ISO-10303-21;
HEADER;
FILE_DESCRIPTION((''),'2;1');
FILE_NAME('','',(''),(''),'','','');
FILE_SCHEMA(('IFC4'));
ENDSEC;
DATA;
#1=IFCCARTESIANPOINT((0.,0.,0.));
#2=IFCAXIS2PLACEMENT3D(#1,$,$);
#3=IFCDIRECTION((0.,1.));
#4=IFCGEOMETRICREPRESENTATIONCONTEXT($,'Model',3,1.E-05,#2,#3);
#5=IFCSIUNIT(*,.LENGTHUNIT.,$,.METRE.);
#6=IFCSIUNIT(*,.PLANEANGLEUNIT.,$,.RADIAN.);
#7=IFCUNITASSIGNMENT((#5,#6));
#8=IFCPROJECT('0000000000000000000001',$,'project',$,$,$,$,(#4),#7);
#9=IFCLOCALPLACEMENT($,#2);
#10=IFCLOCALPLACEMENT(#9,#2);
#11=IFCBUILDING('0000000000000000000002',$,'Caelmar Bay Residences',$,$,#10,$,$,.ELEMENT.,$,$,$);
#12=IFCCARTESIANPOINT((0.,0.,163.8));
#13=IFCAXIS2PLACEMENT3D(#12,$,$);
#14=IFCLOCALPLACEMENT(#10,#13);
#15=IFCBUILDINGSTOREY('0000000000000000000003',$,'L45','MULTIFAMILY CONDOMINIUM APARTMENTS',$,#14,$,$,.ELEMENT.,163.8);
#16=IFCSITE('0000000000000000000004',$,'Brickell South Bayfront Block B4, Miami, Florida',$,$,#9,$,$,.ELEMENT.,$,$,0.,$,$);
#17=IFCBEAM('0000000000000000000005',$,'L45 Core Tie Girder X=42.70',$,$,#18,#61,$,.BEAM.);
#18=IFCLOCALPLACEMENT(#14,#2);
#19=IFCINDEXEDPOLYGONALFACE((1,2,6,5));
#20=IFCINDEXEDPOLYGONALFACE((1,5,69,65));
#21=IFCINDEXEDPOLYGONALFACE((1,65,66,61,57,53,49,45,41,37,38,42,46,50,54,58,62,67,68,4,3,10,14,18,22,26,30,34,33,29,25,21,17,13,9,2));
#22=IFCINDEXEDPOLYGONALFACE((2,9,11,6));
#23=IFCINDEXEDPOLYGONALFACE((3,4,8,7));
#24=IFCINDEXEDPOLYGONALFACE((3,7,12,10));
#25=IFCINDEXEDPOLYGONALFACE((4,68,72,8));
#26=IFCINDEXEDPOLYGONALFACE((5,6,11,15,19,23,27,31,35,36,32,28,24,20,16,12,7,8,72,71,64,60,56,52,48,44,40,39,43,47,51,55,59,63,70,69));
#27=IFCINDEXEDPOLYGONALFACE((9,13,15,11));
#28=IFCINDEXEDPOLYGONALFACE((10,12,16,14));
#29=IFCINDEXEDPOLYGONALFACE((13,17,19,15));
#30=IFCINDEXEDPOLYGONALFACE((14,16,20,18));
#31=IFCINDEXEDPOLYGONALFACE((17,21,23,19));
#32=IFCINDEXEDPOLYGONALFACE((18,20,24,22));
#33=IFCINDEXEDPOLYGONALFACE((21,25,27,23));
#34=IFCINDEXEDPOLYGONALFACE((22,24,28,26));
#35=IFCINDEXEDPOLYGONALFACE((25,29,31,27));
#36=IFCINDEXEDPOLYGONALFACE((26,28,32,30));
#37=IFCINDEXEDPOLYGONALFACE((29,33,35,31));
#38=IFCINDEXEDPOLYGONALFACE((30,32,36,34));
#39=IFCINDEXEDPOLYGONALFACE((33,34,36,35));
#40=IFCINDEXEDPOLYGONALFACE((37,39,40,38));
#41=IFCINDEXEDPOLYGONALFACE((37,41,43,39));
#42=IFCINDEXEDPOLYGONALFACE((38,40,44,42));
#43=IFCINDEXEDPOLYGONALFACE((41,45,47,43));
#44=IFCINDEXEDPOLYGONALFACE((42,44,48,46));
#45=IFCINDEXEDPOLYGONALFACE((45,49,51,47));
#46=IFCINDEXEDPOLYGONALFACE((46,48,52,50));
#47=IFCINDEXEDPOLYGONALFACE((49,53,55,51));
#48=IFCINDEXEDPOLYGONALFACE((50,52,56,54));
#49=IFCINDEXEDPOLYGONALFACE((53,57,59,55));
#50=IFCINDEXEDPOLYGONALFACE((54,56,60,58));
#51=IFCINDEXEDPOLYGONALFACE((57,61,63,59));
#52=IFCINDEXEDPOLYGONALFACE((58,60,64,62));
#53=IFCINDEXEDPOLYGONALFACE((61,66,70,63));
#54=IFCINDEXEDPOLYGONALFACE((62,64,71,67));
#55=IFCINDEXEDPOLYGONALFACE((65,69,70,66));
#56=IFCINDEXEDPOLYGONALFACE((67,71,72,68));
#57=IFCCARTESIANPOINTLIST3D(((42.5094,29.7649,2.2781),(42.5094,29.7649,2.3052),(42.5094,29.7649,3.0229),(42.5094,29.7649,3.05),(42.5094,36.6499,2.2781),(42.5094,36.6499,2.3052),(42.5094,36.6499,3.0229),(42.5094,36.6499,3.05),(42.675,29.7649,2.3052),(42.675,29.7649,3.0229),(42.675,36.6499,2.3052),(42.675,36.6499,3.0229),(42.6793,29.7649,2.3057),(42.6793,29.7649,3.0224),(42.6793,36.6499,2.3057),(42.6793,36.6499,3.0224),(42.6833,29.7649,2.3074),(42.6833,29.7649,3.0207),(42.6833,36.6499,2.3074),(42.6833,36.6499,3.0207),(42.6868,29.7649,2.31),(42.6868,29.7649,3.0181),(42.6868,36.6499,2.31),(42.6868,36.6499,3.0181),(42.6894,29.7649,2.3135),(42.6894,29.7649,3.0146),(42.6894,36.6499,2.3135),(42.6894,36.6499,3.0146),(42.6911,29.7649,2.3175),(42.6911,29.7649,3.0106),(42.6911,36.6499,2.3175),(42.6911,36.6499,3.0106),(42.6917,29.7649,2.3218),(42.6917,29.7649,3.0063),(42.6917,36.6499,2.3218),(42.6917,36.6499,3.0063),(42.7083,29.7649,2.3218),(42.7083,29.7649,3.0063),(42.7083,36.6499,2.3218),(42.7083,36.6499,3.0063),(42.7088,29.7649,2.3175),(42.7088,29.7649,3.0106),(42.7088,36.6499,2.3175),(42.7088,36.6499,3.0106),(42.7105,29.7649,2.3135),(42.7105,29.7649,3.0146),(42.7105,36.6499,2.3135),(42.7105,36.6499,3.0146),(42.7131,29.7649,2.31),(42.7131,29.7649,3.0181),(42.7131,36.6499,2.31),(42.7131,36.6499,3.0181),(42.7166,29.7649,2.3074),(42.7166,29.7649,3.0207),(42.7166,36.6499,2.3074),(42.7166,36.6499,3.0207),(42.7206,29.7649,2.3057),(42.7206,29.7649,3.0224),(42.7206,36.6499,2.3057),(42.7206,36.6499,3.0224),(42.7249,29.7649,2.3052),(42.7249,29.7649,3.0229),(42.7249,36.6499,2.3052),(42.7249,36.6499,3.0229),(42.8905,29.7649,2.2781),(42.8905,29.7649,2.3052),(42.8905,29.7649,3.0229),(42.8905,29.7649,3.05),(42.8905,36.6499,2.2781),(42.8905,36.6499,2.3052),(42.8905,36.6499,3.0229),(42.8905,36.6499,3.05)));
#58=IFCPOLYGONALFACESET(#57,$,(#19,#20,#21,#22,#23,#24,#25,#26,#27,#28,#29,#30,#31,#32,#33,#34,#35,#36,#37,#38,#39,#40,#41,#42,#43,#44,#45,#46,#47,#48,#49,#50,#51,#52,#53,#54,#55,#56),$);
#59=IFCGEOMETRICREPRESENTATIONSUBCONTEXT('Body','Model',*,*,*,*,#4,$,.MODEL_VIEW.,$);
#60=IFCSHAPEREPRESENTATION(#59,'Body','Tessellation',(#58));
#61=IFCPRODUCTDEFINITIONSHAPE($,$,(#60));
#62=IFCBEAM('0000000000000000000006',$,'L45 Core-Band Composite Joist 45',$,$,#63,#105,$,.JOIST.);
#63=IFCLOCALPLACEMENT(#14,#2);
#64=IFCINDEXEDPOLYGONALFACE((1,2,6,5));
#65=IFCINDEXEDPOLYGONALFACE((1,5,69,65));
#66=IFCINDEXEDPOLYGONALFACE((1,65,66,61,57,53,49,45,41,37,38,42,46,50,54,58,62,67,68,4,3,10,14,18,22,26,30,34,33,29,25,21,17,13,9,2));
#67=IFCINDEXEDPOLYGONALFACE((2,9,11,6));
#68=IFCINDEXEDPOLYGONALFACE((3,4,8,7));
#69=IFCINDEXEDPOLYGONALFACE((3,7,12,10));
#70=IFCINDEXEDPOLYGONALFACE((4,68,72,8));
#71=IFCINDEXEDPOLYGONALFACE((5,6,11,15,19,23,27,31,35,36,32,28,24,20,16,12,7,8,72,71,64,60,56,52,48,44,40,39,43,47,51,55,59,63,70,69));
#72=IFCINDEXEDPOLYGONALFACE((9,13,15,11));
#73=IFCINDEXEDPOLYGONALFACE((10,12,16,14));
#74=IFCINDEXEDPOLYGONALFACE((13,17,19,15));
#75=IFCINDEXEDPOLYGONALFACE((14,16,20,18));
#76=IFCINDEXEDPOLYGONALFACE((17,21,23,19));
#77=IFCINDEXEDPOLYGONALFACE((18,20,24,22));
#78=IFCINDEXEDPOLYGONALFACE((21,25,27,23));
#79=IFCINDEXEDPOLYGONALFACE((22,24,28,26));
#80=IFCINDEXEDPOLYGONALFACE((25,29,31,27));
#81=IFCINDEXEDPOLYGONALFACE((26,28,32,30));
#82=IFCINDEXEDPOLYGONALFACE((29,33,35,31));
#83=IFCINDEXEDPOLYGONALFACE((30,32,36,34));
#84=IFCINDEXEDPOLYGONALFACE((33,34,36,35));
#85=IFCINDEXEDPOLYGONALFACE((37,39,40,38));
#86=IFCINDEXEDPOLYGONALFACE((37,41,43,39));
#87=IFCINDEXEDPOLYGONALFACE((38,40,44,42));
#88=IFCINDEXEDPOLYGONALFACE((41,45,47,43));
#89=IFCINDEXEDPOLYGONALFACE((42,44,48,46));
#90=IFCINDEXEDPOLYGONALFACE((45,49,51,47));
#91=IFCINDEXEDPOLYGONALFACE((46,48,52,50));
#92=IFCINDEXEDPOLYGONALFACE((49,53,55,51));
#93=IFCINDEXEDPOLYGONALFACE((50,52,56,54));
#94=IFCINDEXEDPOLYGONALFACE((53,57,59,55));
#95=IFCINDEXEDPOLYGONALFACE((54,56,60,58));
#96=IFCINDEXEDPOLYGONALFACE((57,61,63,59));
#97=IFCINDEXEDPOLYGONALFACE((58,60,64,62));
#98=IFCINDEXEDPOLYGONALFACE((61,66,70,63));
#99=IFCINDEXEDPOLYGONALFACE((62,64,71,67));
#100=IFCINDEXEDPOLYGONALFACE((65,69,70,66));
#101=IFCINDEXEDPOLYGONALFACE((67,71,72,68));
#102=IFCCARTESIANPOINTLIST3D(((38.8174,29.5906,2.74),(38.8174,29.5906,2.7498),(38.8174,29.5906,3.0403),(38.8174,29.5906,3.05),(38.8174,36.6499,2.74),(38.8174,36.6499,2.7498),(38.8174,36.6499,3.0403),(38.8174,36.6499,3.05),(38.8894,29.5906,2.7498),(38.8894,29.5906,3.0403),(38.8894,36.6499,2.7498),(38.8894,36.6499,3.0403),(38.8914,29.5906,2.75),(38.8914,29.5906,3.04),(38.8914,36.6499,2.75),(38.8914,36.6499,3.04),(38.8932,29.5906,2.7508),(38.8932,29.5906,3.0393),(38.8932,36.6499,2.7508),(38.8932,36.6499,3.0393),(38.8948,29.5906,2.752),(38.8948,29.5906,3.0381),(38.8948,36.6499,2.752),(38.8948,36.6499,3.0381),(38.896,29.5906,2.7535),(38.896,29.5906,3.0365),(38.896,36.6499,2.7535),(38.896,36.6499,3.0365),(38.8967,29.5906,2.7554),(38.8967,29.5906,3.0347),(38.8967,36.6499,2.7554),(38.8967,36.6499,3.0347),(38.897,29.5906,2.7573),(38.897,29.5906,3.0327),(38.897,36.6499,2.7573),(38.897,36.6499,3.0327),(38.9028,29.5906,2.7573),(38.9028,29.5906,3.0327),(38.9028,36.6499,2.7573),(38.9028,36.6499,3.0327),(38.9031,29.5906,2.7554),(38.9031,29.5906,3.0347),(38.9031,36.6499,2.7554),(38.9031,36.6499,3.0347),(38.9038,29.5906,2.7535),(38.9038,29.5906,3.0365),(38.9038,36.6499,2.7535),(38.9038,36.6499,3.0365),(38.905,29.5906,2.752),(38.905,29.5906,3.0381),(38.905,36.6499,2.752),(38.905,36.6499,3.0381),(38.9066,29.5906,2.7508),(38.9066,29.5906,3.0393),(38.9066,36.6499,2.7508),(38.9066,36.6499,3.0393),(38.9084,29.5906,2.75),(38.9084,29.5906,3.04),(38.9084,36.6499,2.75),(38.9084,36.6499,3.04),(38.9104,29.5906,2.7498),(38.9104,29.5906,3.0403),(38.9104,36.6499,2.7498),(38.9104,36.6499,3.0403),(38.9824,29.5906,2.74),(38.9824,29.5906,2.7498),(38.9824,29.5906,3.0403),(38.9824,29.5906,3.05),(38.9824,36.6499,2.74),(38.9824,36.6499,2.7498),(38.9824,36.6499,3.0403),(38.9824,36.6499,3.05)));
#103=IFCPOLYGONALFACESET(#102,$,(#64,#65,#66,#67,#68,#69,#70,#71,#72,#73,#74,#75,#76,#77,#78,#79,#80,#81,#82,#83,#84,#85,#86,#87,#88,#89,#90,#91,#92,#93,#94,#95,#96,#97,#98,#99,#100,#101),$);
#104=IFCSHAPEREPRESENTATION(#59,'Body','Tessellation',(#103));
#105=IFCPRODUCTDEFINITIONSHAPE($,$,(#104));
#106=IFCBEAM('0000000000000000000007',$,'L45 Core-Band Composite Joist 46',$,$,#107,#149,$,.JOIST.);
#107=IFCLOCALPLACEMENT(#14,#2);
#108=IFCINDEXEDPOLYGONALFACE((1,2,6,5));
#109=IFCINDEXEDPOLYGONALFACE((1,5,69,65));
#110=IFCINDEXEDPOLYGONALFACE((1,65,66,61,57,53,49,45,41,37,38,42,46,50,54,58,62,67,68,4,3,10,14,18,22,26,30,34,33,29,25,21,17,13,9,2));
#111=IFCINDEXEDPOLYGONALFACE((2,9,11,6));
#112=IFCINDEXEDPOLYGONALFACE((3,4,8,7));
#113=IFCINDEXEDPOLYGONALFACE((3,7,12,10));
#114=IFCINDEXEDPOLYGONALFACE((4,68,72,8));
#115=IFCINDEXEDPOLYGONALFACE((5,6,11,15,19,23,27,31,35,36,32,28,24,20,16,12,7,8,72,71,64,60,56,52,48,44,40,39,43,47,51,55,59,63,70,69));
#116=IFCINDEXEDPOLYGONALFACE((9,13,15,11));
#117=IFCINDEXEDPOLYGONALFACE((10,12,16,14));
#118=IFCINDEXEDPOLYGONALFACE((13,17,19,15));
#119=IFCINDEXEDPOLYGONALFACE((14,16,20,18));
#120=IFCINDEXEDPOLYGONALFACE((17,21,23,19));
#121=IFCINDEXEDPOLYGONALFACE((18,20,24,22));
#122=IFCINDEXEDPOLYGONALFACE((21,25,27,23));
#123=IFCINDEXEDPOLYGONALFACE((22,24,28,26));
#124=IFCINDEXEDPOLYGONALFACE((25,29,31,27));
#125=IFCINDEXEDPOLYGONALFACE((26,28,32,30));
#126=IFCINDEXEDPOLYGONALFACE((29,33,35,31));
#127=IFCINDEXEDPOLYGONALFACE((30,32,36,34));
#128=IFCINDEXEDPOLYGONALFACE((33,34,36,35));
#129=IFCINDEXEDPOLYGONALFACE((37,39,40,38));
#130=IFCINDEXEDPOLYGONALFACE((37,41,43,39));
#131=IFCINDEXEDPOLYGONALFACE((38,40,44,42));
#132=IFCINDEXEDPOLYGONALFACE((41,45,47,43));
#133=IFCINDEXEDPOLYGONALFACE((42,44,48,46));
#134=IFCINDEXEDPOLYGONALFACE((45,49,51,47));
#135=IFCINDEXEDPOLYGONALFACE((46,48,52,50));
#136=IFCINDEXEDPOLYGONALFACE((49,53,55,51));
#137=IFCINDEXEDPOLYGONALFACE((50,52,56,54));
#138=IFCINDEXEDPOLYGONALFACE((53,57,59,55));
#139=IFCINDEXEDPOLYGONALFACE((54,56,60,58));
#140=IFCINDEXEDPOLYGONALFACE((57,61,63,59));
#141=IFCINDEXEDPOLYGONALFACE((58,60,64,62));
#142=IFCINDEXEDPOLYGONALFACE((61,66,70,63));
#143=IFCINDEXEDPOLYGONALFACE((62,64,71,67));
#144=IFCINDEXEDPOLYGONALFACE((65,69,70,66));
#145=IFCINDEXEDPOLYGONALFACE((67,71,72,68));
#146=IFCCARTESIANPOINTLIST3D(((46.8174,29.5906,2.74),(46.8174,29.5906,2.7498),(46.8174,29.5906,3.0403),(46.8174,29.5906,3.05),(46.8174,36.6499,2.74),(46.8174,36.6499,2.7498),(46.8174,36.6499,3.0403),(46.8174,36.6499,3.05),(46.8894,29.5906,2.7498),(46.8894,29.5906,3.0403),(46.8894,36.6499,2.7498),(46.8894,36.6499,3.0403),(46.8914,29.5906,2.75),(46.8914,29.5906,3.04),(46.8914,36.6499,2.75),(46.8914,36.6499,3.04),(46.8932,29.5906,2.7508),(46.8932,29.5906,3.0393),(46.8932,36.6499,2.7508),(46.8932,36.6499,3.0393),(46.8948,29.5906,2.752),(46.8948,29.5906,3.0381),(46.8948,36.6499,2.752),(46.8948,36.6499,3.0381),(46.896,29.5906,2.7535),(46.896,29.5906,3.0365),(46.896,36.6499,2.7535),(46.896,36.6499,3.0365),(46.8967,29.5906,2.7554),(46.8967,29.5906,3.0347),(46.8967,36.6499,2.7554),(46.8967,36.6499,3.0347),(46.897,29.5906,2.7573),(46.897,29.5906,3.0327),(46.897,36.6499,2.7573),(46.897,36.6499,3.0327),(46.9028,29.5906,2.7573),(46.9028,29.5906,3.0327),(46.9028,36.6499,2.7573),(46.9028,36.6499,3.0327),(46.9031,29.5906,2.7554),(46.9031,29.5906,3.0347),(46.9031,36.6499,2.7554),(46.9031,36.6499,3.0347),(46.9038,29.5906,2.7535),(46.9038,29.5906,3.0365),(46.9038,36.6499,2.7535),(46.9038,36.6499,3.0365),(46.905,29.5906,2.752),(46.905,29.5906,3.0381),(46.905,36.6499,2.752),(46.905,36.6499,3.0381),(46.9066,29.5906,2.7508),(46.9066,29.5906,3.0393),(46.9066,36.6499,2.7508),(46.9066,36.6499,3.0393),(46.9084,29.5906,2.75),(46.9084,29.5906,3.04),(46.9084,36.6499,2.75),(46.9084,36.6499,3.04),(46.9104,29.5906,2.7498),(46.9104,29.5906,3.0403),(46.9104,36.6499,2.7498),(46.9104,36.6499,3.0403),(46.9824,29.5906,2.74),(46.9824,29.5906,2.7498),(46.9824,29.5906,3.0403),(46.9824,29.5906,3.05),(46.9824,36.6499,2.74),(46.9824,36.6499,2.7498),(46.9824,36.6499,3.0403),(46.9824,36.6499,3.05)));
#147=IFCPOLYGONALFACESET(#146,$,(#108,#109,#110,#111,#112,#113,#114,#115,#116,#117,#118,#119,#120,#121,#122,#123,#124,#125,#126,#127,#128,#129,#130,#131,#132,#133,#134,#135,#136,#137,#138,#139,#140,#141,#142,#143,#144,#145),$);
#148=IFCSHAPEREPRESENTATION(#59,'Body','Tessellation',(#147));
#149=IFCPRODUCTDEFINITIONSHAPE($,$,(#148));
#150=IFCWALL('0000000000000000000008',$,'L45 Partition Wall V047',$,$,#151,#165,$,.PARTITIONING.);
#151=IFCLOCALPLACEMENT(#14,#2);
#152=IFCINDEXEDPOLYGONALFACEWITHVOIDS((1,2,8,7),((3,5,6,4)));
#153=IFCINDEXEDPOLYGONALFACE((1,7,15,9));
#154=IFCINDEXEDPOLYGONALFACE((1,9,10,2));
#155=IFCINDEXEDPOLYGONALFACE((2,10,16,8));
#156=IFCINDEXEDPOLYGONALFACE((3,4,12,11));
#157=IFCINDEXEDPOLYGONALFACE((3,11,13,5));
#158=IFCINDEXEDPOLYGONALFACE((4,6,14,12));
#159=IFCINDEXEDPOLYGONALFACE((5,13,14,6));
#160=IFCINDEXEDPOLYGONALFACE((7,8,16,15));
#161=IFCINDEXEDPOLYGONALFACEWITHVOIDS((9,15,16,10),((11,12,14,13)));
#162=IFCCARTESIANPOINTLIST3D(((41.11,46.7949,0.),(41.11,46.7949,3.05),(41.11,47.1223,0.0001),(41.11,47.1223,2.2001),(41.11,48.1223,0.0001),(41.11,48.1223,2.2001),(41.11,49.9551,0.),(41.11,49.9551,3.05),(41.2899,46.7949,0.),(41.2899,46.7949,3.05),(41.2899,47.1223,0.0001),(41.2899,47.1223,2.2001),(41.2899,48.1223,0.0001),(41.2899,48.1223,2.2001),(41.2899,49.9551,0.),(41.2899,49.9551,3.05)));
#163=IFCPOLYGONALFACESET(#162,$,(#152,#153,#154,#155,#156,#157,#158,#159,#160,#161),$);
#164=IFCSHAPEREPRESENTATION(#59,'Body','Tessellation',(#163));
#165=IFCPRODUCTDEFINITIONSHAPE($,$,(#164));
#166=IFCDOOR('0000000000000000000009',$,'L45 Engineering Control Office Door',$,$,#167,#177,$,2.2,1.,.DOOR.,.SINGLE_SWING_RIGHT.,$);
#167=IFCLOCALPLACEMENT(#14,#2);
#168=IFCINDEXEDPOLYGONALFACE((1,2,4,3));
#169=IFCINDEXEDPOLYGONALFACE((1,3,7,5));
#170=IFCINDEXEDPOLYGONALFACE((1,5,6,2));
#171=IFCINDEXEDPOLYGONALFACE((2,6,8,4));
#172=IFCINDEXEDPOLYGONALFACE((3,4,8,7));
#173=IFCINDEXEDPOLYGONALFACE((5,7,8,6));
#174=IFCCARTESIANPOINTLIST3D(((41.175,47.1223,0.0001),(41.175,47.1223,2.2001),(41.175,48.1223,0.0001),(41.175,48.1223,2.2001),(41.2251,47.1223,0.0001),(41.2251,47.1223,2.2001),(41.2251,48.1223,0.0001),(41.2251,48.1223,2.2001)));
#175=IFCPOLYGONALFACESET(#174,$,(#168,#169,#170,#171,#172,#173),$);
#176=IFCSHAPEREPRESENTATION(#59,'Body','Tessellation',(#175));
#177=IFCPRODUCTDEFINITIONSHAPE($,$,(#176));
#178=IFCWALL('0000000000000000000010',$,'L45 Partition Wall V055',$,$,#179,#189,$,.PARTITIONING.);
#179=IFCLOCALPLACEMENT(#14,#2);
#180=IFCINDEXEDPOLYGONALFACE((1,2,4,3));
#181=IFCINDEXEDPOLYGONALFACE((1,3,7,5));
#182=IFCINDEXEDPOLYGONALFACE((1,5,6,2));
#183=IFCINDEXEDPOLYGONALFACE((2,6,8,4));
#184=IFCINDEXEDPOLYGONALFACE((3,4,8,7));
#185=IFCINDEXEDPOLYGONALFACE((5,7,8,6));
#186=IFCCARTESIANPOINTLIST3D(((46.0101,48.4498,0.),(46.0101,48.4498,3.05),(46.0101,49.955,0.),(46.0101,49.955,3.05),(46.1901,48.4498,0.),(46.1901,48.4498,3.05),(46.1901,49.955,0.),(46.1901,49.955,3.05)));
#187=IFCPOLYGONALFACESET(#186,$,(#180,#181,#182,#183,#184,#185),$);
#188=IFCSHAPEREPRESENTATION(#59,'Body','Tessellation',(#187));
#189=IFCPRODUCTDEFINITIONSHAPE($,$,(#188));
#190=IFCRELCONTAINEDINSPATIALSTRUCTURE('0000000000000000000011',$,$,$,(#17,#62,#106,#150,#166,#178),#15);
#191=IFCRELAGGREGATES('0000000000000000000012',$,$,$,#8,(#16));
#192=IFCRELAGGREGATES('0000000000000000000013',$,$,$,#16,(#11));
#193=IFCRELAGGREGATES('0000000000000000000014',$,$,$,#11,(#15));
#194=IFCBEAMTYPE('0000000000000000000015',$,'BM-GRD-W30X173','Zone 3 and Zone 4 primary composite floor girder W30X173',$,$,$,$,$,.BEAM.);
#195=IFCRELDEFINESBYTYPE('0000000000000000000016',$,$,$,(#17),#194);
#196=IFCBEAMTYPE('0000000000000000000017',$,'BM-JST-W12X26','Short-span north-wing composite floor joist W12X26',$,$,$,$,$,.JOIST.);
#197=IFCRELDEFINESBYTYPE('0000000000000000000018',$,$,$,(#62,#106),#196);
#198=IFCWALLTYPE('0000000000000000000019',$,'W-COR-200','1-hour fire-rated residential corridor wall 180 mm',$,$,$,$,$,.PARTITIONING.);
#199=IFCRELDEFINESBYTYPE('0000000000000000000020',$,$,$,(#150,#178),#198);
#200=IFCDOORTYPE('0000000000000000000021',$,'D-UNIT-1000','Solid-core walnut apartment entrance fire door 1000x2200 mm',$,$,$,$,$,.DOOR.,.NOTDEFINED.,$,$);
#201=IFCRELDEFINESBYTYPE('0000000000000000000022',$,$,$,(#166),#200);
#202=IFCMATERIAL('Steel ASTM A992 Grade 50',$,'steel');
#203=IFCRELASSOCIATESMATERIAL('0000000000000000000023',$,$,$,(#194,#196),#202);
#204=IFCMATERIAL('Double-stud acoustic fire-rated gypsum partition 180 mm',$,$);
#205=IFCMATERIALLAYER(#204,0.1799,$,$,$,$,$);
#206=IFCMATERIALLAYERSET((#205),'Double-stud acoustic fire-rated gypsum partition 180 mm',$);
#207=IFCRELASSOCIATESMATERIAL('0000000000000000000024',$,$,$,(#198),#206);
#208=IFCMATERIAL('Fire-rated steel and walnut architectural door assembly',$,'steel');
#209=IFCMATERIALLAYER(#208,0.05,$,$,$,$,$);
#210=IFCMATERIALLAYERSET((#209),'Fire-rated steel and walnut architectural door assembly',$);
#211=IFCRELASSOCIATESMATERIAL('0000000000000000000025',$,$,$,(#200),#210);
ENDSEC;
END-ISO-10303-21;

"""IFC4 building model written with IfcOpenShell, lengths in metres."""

from ifc_helpers import new_model, si_unit, direction, frame, frame_2d, origin, origin_2d, place, context, subcontext, project, spatial, rectangle, i_section, extrude, material, layer, layer_set, material_profile, profile_set, type_object, element, fill, save


model = new_model("IFC4")

# Units and contexts
model_context = context("Model", 3, precision=1e-05, world=origin(), true_north=direction((0.0, 1.0)))
body_context = subcontext(model_context, "Body", "Model", "MODEL_VIEW")
ifc_project = project(units=[si_unit("LENGTHUNIT", "METRE"), si_unit("PLANEANGLEUNIT", "RADIAN")], contexts=[model_context])

# Site, building, storey
site_placement = place(None, origin())
site = spatial("IfcSite", under=ifc_project, at=site_placement, Name="Brickell South Bayfront Block B4, Miami, Florida", CompositionType="ELEMENT", RefElevation=0.0)
building_placement = place(site_placement, origin())
building = spatial("IfcBuilding", under=site, at=building_placement, Name="Caelmar Bay Residences", CompositionType="ELEMENT")
storey_placement = place(building_placement, frame((0.0, 0.0, 163.8)))
storey = spatial("IfcBuildingStorey", under=building, at=storey_placement, Name="L45", Description="MULTIFAMILY CONDOMINIUM APARTMENTS", CompositionType="ELEMENT", Elevation=163.8)

# Beams
ifc_material_1 = material(Name="Steel ASTM A992 Grade 50", Category="steel")
ifc_material_profile_1 = material_profile(ifc_material_1, i_section(OverallWidth=0.3811, OverallDepth=0.772, WebThickness=0.0166, FlangeThickness=0.0271, FilletRadius=0.0166, at=origin_2d()), Name="W30X173")
ifc_profile_set_1 = profile_set([ifc_material_profile_1], Name="Steel ASTM A992 Grade 50")
beam_type_1 = type_object("IfcBeamType", Name="BM-GRD-W30X173", Description="Zone 3 and Zone 4 primary composite floor girder W30X173", PredefinedType="BEAM", material=ifc_profile_set_1)
beam_placement = place(storey_placement, frame((42.7, 29.7649, 2.6641), z_axis=(0.0, 1.0, 0.0), x_axis=(-1.0, 0.0, 0.0)))
element("IfcBeam", 1, at=beam_placement, inside=storey, type_object=beam_type_1, Name="L45 Core Tie Girder X=42.70", PredefinedType="BEAM", context=body_context, shape_type="SweptSolid", body=[
    extrude(i_section(OverallWidth=0.3811, OverallDepth=0.772, WebThickness=0.0166, FlangeThickness=0.0271, FilletRadius=0.0166, at=origin_2d()), origin(), (0.0, 0.0, 1.0), 6.885),
])
ifc_material_profile_2 = material_profile(ifc_material_1, i_section(OverallWidth=0.165, OverallDepth=0.3101, WebThickness=0.0059, FlangeThickness=0.0098, FilletRadius=0.0076, at=origin_2d()), Name="W12X26")
ifc_profile_set_2 = profile_set([ifc_material_profile_2], Name="Steel ASTM A992 Grade 50")
beam_type_2 = type_object("IfcBeamType", Name="BM-JST-W12X26", Description="Short-span north-wing composite floor joist W12X26", PredefinedType="JOIST", material=ifc_profile_set_2)
for number, where, z_axis, x_axis, name in (
    (2, (38.8999, 29.5906, 2.895), (0.0, 1.0, 0.0), (-1.0, 0.0, 0.0), "L45 Core-Band Composite Joist 45"),
    (3, (46.8999, 29.5906, 2.895), (0.0, 1.0, 0.0), (-1.0, 0.0, 0.0), "L45 Core-Band Composite Joist 46"),
):
    element("IfcBeam", number, at=place(storey_placement, frame(where, z_axis=z_axis, x_axis=x_axis)), inside=storey, type_object=beam_type_2, Name=name, PredefinedType="JOIST", context=body_context, shape_type="SweptSolid", body=[
        extrude(i_section(OverallWidth=0.165, OverallDepth=0.3101, WebThickness=0.0059, FlangeThickness=0.0098, FilletRadius=0.0076, at=origin_2d()), origin(), (0.0, 0.0, 1.0), 7.0593),
    ])

# Wall, opening, door
ifc_material_2 = material(Name="Double-stud acoustic fire-rated gypsum partition 180 mm")
ifc_layer_1 = layer(ifc_material_2, 0.1799)
ifc_layer_set_1 = layer_set([ifc_layer_1], Name="Double-stud acoustic fire-rated gypsum partition 180 mm")
wall_type_1 = type_object("IfcWallType", Name="W-COR-200", Description="1-hour fire-rated residential corridor wall 180 mm", PredefinedType="PARTITIONING", material=ifc_layer_set_1)
wall_1_placement = place(storey_placement, frame((41.2, 46.7949, 0.0), z_axis=(0.0, 0.0, 1.0), x_axis=(0.0, 1.0, 0.0)))
wall_1 = element("IfcWall", 4, at=wall_1_placement, inside=storey, type_object=wall_type_1, Name="L45 Partition Wall V047", PredefinedType="PARTITIONING", context=body_context, shape_type="SweptSolid", body=[
    extrude(rectangle(XDim=3.1602, YDim=0.1799, at=frame_2d((1.5801, 0.0))), origin(), (0.0, 0.0, 1.0), 3.05),
])
opening_1_placement = place(wall_1_placement, frame((0.3274, 0.0, 0.0)))
opening_1 = element("IfcOpeningElement", 5, at=opening_1_placement, cuts=wall_1, PredefinedType="OPENING", context=body_context, shape_type="SweptSolid", body=[
    extrude(rectangle(XDim=1.0, YDim=2.2, at=frame_2d((0.5, 1.1001))), frame((0.0, 0.0999, 0.0), z_axis=(0.0, -1.0, 0.0), x_axis=(1.0, 0.0, 0.0)), (0.0, 0.0, 1.0), 0.2),
])
ifc_material_3 = material(Name="Fire-rated steel and walnut architectural door assembly", Category="steel")
ifc_layer_2 = layer(ifc_material_3, 0.05)
ifc_layer_set_2 = layer_set([ifc_layer_2], Name="Fire-rated steel and walnut architectural door assembly")
door_type_1 = type_object("IfcDoorType", Name="D-UNIT-1000", Description="Solid-core walnut apartment entrance fire door 1000x2200 mm", OperationType="NOTDEFINED", PredefinedType="DOOR", material=ifc_layer_set_2)
door_1_placement = place(opening_1_placement, origin())
door_1 = element("IfcDoor", 6, at=door_1_placement, inside=storey, type_object=door_type_1, Name="L45 Engineering Control Office Door", OperationType="SINGLE_SWING_RIGHT", OverallHeight=2.2, OverallWidth=1.0, PredefinedType="DOOR", context=body_context, shape_type="SweptSolid", body=[
    extrude(rectangle(XDim=1.0, YDim=2.2, at=frame_2d((0.5, 1.1001))), frame((0.0, 0.0249, 0.0), z_axis=(0.0, -1.0, 0.0), x_axis=(1.0, 0.0, 0.0)), (0.0, 0.0, 1.0), 0.05),
])
fill(opening_1, door_1)

# Wall
for number, where, z_axis, x_axis, name in (
    (7, (46.1001, 48.45, 0.0), (0.0, 0.0, 1.0), (0.0, 1.0, 0.0), "L45 Partition Wall V055"),
):
    element("IfcWall", number, at=place(storey_placement, frame(where, z_axis=z_axis, x_axis=x_axis)), inside=storey, type_object=wall_type_1, Name=name, PredefinedType="PARTITIONING", context=body_context, shape_type="SweptSolid", body=[
        extrude(rectangle(XDim=1.5051, YDim=0.1799, at=frame_2d((0.7524, 0.0))), origin(), (0.0, 0.0, 1.0), 3.05),
    ])

save(model, "model.ifc")
